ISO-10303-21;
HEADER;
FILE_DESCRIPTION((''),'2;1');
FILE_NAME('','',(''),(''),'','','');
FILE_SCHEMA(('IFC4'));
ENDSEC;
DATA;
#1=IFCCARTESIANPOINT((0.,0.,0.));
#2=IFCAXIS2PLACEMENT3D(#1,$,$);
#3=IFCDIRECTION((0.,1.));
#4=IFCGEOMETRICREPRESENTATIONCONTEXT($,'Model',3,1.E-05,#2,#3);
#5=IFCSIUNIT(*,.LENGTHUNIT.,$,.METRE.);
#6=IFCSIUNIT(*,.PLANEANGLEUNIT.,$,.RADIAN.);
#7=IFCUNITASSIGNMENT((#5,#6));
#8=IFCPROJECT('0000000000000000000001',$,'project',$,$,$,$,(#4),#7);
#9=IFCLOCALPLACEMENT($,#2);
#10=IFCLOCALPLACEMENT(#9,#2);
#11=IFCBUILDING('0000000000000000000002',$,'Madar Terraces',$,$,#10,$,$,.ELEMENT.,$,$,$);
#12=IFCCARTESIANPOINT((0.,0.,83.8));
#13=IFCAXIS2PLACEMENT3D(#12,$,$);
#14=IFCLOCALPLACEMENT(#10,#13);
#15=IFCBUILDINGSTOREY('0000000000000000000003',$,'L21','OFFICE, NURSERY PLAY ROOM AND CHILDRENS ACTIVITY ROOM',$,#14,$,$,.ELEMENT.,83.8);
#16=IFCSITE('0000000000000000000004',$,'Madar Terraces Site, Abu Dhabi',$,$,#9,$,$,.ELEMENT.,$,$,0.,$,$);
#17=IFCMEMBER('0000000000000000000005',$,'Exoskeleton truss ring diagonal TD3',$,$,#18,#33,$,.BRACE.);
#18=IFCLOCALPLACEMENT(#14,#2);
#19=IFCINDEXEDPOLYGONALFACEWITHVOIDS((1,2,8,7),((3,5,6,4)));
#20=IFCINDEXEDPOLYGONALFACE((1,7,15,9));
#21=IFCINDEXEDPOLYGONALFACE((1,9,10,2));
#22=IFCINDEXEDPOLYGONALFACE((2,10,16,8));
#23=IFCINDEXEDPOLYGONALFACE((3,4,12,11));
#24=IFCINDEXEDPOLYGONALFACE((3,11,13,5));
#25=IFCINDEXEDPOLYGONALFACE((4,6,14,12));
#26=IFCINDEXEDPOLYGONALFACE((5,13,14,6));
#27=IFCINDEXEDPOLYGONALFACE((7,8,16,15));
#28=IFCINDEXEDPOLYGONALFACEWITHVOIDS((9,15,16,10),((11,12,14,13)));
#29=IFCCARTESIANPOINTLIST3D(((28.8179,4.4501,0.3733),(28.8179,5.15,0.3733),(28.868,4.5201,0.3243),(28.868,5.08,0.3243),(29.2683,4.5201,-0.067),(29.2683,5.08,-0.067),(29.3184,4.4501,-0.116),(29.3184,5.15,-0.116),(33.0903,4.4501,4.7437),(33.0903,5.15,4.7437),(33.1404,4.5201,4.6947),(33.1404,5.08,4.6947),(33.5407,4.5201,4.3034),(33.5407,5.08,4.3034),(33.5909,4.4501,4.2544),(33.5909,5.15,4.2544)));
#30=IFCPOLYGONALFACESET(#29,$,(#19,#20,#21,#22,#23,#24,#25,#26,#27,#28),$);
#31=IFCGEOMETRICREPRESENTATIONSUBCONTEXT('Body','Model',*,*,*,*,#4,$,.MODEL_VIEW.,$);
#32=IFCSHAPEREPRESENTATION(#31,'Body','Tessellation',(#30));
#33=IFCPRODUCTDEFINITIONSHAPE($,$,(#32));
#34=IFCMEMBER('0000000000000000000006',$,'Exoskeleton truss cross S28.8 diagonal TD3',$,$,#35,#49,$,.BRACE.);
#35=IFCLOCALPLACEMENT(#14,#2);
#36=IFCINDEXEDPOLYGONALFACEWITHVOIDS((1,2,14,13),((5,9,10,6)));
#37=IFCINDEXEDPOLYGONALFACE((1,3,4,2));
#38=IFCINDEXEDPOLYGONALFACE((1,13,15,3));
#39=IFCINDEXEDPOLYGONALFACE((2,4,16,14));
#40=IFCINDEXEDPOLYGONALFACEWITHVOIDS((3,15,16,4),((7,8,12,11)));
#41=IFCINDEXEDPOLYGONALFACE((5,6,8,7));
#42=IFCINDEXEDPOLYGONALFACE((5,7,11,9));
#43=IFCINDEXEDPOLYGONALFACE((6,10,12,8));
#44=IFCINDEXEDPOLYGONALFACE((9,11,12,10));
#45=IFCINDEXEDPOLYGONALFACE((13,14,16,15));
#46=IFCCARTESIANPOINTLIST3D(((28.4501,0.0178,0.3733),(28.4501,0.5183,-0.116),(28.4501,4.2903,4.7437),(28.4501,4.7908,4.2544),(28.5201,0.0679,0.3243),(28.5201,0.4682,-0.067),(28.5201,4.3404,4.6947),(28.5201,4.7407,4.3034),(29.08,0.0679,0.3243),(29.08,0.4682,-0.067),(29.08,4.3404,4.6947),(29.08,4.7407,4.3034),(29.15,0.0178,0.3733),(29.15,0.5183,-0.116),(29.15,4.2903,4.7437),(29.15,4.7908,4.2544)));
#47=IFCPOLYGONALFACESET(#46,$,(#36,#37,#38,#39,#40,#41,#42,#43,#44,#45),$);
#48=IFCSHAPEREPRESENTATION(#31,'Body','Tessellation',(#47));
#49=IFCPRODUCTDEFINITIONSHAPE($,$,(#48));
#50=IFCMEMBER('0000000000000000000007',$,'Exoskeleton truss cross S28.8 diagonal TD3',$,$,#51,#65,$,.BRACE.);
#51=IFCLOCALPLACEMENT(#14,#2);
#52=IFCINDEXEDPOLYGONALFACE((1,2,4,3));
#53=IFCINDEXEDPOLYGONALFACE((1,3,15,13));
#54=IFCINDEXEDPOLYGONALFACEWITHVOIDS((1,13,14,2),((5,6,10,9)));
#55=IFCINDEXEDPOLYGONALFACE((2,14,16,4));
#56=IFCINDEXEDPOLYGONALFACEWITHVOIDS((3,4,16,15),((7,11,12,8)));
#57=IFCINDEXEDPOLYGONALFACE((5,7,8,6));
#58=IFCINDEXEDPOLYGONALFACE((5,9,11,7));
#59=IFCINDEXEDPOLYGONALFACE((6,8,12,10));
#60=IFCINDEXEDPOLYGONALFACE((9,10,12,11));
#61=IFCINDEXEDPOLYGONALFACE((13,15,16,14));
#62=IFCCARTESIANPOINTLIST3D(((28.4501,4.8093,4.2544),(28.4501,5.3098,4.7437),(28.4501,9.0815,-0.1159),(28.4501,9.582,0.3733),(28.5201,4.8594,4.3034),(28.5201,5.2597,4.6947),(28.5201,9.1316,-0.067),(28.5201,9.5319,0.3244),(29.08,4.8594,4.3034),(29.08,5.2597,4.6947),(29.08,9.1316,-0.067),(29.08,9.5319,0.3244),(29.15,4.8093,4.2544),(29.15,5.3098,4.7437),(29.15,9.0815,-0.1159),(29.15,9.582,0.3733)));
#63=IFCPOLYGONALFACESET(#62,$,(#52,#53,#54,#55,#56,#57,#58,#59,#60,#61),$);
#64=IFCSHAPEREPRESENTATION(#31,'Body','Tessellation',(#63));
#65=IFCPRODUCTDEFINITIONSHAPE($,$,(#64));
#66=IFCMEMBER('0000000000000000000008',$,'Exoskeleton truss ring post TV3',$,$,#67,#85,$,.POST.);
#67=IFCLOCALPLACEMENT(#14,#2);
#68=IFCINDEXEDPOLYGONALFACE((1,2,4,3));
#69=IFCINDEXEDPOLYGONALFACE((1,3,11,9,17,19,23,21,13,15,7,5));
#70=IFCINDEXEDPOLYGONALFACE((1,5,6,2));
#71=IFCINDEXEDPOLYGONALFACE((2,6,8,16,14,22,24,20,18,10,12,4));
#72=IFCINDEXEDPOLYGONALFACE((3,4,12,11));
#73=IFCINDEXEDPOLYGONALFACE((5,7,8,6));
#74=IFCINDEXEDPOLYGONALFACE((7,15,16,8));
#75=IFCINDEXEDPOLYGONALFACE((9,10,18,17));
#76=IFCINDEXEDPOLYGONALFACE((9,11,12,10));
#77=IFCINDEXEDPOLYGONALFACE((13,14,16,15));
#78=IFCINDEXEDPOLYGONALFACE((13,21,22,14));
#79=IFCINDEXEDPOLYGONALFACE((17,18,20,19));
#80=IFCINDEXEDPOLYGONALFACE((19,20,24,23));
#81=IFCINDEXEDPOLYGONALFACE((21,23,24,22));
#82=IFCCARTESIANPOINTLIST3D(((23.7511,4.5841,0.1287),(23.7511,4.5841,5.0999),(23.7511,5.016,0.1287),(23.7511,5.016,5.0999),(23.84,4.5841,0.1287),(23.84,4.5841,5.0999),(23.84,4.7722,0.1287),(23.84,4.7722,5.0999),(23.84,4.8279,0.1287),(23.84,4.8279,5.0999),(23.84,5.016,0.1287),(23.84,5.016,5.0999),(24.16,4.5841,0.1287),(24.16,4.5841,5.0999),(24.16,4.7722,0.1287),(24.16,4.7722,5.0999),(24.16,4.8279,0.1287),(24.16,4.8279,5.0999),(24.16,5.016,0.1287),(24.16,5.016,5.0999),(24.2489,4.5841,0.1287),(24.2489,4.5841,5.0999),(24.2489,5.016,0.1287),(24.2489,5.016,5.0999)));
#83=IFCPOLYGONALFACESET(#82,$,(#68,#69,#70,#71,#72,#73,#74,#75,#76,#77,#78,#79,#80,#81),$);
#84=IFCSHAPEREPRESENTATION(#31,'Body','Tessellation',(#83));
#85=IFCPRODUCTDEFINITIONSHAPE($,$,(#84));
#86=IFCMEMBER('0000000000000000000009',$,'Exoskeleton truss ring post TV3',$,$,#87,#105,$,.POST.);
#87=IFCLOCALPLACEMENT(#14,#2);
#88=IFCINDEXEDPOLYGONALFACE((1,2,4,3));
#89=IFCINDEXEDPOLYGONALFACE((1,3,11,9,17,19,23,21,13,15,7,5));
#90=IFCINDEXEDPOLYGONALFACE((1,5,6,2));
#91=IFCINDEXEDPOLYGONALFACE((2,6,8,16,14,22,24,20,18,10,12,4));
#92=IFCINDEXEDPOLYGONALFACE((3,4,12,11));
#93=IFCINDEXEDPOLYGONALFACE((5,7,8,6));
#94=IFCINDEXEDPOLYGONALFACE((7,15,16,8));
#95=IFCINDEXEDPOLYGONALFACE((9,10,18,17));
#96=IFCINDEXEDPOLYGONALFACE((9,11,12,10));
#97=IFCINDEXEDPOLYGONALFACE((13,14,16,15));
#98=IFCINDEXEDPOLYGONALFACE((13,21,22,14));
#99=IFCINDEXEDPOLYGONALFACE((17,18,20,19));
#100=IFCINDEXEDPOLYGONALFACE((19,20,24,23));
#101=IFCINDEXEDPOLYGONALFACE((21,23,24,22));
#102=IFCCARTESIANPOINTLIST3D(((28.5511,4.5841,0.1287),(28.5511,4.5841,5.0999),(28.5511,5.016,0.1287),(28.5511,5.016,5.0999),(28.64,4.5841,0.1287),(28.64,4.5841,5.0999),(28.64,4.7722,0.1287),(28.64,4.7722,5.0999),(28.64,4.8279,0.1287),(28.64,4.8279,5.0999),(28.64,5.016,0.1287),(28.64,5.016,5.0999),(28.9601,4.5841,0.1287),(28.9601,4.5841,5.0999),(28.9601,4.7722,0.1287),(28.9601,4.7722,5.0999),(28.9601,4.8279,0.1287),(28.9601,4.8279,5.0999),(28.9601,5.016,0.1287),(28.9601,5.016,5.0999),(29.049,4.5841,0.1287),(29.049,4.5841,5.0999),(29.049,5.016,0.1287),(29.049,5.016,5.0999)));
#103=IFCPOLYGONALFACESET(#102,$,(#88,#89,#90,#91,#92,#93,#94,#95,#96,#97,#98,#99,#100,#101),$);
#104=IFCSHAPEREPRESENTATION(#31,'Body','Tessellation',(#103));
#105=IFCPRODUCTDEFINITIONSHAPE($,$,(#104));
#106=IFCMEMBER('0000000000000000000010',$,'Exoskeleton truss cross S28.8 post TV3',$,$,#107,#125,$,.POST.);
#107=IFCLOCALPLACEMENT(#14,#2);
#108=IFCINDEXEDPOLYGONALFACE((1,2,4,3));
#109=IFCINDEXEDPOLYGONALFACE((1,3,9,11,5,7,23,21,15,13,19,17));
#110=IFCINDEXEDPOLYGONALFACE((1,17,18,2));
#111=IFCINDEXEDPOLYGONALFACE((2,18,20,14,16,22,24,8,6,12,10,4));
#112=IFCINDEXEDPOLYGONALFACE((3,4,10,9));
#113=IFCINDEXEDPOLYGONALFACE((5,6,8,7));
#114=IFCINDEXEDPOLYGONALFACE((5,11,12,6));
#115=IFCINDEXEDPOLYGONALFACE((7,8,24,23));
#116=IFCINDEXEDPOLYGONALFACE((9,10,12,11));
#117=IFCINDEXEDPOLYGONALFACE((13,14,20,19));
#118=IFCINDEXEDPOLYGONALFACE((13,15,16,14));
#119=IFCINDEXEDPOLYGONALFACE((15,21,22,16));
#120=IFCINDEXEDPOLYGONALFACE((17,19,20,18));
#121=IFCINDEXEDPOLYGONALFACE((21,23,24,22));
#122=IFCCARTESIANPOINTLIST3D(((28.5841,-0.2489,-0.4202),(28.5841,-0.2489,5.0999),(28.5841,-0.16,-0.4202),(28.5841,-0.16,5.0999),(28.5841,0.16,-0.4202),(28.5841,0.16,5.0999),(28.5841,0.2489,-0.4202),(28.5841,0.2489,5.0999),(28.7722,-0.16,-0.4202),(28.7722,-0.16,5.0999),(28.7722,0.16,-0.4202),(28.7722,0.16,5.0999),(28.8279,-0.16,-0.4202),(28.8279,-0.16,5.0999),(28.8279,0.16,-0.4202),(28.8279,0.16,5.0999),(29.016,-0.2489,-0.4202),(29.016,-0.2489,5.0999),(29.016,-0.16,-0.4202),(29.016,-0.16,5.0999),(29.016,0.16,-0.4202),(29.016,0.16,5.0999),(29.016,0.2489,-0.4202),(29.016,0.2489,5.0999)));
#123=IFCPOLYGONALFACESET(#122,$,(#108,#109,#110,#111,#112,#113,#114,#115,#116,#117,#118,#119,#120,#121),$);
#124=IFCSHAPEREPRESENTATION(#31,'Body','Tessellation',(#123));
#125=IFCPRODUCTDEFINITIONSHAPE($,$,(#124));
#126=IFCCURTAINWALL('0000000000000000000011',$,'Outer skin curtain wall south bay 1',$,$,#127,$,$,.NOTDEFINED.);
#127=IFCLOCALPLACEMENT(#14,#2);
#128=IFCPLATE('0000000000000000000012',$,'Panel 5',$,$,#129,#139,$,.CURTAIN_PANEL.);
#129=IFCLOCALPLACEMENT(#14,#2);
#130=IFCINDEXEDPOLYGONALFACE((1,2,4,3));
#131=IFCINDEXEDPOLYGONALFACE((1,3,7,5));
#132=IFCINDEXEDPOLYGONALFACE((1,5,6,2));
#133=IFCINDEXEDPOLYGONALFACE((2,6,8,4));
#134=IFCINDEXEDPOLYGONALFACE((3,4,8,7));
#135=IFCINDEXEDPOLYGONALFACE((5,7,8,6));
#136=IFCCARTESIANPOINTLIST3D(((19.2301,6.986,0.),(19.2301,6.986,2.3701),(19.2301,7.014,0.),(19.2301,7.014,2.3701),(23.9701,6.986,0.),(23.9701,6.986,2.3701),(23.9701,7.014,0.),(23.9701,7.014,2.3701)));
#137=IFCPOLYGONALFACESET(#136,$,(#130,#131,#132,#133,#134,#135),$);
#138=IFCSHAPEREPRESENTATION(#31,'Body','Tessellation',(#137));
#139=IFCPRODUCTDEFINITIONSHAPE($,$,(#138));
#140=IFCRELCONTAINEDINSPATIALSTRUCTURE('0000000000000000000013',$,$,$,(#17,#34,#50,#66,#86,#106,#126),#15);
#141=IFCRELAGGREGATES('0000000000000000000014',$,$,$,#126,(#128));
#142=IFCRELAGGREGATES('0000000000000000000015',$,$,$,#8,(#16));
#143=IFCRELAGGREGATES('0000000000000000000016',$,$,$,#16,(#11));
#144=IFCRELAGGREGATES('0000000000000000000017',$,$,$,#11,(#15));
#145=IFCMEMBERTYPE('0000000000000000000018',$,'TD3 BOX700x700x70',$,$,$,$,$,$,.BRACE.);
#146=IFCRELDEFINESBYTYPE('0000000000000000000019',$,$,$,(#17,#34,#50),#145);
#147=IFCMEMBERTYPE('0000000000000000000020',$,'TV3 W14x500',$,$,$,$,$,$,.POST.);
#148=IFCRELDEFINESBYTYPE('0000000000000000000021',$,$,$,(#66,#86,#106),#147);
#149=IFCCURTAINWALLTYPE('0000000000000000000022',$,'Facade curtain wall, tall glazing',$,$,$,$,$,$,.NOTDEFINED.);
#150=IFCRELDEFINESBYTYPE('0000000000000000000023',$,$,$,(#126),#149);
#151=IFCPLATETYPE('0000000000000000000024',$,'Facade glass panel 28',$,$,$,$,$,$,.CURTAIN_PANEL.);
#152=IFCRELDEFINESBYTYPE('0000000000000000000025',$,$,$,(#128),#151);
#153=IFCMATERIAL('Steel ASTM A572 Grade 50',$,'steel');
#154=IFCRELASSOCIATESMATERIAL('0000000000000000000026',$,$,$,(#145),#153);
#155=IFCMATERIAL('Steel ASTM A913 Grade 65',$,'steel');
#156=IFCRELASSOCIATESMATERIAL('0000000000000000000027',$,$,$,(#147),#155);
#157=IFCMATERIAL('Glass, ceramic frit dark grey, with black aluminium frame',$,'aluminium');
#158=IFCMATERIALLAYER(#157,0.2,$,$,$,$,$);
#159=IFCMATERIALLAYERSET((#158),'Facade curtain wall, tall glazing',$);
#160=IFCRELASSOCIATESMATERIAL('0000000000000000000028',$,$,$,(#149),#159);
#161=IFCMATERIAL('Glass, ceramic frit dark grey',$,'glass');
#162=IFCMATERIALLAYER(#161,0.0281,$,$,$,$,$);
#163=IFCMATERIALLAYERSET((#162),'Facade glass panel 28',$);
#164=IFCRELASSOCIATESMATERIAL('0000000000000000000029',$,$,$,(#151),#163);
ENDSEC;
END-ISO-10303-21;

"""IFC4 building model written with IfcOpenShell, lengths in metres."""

from ifc_helpers import new_model, si_unit, direction, frame, origin, origin_2d, place, context, subcontext, project, spatial, rectangle, hollow_rectangle, i_section, extrude, material, layer, layer_set, material_profile, profile_set, type_object, element, aggregate, save


model = new_model("IFC4")

# Units and contexts
model_context = context("Model", 3, precision=1e-05, world=origin(), true_north=direction((0.0, 1.0)))
body_context = subcontext(model_context, "Body", "Model", "MODEL_VIEW")
ifc_project = project(units=[si_unit("LENGTHUNIT", "METRE"), si_unit("PLANEANGLEUNIT", "RADIAN")], contexts=[model_context])

# Site, building, storey
site_placement = place(None, origin())
site = spatial("IfcSite", under=ifc_project, at=site_placement, Name="Madar Terraces Site, Abu Dhabi", CompositionType="ELEMENT", RefElevation=0.0)
building_placement = place(site_placement, origin())
building = spatial("IfcBuilding", under=site, at=building_placement, Name="Madar Terraces", CompositionType="ELEMENT")
storey_placement = place(building_placement, frame((0.0, 0.0, 83.8)))
storey = spatial("IfcBuildingStorey", under=building, at=storey_placement, Name="L21", Description="OFFICE, NURSERY PLAY ROOM AND CHILDRENS ACTIVITY ROOM", CompositionType="ELEMENT", Elevation=83.8)

# Members
ifc_material_1 = material(Name="Steel ASTM A572 Grade 50", Category="steel")
ifc_material_profile_1 = material_profile(ifc_material_1, hollow_rectangle(XDim=0.7, YDim=0.7, WallThickness=0.0701, at=origin_2d()), Name="BOX700x700x70")
ifc_profile_set_1 = profile_set([ifc_material_profile_1], Name="Steel ASTM A572 Grade 50")
member_type_1 = type_object("IfcMemberType", Name="TD3 BOX700x700x70", PredefinedType="BRACE", material=ifc_profile_set_1)
for number, where, z_axis, x_axis, name in (
    (1, (29.0681, 4.8, 0.1287), (0.699052, 0.0, 0.715071), (0.0, 1.0, 0.0), "Exoskeleton truss ring diagonal TD3"),
    (2, (28.8, 0.2681, 0.1287), (0.0, 0.699052, 0.715071), (-1.0, 0.0, 0.0), "Exoskeleton truss cross S28.8 diagonal TD3"),
):
    element("IfcMember", number, at=place(storey_placement, frame(where, z_axis=z_axis, x_axis=x_axis)), inside=storey, type_object=member_type_1, Name=name, PredefinedType="BRACE", context=body_context, shape_type="SweptSolid", body=[
        extrude(hollow_rectangle(XDim=0.7, YDim=0.7, WallThickness=0.0701, at=origin_2d()), origin(), (0.0, 0.0, 1.0), 6.1118),
    ])
member_1_placement = place(storey_placement, frame((28.8, 5.0596, 4.499), z_axis=(0.0, 0.699032, -0.715091), x_axis=(-1.0, 0.0, 0.0)))
element("IfcMember", 3, at=member_1_placement, inside=storey, type_object=member_type_1, Name="Exoskeleton truss cross S28.8 diagonal TD3", PredefinedType="BRACE", context=body_context, shape_type="SweptSolid", body=[
    extrude(hollow_rectangle(XDim=0.7, YDim=0.7, WallThickness=0.0701, at=origin_2d()), origin(), (0.0, 0.0, 1.0), 6.1116),
])
ifc_material_2 = material(Name="Steel ASTM A913 Grade 65", Category="steel")
ifc_material_profile_2 = material_profile(ifc_material_2, i_section(OverallWidth=0.4319, OverallDepth=0.4978, WebThickness=0.0557, FlangeThickness=0.0889, at=origin_2d()), Name="W14x500")
ifc_profile_set_2 = profile_set([ifc_material_profile_2], Name="Steel ASTM A913 Grade 65")
member_type_2 = type_object("IfcMemberType", Name="TV3 W14x500", PredefinedType="POST", material=ifc_profile_set_2)
for number, where, z_axis, x_axis, name in (
    (4, (24.0, 4.8, 0.1287), (0.0, 0.0, 1.0), (0.0, 1.0, 0.0), "Exoskeleton truss ring post TV3"),
    (5, (28.8, 4.8, 0.1287), (0.0, 0.0, 1.0), (0.0, 1.0, 0.0), "Exoskeleton truss ring post TV3"),
):
    element("IfcMember", number, at=place(storey_placement, frame(where, z_axis=z_axis, x_axis=x_axis)), inside=storey, type_object=member_type_2, Name=name, PredefinedType="POST", context=body_context, shape_type="SweptSolid", body=[
        extrude(i_section(OverallWidth=0.4319, OverallDepth=0.4978, WebThickness=0.0557, FlangeThickness=0.0889, at=origin_2d()), origin(), (0.0, 0.0, 1.0), 4.9712),
    ])
member_2_placement = place(storey_placement, frame((28.8, 0.0, -0.4202), z_axis=(0.0, 0.0, 1.0), x_axis=(-1.0, 0.0, 0.0)))
element("IfcMember", 6, at=member_2_placement, inside=storey, type_object=member_type_2, Name="Exoskeleton truss cross S28.8 post TV3", PredefinedType="POST", context=body_context, shape_type="SweptSolid", body=[
    extrude(i_section(OverallWidth=0.4319, OverallDepth=0.4978, WebThickness=0.0557, FlangeThickness=0.0889, at=origin_2d()), origin(), (0.0, 0.0, 1.0), 5.52),
])

# Curtain wall, plate
ifc_material_3 = material(Name="Glass, ceramic frit dark grey, with black aluminium frame", Category="aluminium")
ifc_layer_1 = layer(ifc_material_3, 0.2)
ifc_layer_set_1 = layer_set([ifc_layer_1], Name="Facade curtain wall, tall glazing")
curtain_wall_type = type_object("IfcCurtainWallType", Name="Facade curtain wall, tall glazing", PredefinedType="NOTDEFINED", material=ifc_layer_set_1)
curtain_wall_placement = place(storey_placement, origin())
curtain_wall = element("IfcCurtainWall", 7, at=curtain_wall_placement, inside=storey, type_object=curtain_wall_type, Name="Outer skin curtain wall south bay 1", PredefinedType="NOTDEFINED")
ifc_material_4 = material(Name="Glass, ceramic frit dark grey", Category="glass")
ifc_layer_2 = layer(ifc_material_4, 0.0281)
ifc_layer_set_2 = layer_set([ifc_layer_2], Name="Facade glass panel 28")
plate_type = type_object("IfcPlateType", Name="Facade glass panel 28", PredefinedType="CURTAIN_PANEL", material=ifc_layer_set_2)
plate_placement = place(storey_placement, frame((21.6001, 7.0, 0.0), z_axis=(0.0, 0.0, 1.0), x_axis=(1.0, 0.0, 0.0)))
plate = element("IfcPlate", 8, at=plate_placement, type_object=plate_type, Name="Panel 5", PredefinedType="CURTAIN_PANEL", context=body_context, shape_type="SweptSolid", body=[
    extrude(rectangle(XDim=4.74, YDim=0.0281, at=origin_2d()), origin(), (0.0, 0.0, 1.0), 2.3701),
])
aggregate(curtain_wall, [plate])

save(model, "model.ifc")
